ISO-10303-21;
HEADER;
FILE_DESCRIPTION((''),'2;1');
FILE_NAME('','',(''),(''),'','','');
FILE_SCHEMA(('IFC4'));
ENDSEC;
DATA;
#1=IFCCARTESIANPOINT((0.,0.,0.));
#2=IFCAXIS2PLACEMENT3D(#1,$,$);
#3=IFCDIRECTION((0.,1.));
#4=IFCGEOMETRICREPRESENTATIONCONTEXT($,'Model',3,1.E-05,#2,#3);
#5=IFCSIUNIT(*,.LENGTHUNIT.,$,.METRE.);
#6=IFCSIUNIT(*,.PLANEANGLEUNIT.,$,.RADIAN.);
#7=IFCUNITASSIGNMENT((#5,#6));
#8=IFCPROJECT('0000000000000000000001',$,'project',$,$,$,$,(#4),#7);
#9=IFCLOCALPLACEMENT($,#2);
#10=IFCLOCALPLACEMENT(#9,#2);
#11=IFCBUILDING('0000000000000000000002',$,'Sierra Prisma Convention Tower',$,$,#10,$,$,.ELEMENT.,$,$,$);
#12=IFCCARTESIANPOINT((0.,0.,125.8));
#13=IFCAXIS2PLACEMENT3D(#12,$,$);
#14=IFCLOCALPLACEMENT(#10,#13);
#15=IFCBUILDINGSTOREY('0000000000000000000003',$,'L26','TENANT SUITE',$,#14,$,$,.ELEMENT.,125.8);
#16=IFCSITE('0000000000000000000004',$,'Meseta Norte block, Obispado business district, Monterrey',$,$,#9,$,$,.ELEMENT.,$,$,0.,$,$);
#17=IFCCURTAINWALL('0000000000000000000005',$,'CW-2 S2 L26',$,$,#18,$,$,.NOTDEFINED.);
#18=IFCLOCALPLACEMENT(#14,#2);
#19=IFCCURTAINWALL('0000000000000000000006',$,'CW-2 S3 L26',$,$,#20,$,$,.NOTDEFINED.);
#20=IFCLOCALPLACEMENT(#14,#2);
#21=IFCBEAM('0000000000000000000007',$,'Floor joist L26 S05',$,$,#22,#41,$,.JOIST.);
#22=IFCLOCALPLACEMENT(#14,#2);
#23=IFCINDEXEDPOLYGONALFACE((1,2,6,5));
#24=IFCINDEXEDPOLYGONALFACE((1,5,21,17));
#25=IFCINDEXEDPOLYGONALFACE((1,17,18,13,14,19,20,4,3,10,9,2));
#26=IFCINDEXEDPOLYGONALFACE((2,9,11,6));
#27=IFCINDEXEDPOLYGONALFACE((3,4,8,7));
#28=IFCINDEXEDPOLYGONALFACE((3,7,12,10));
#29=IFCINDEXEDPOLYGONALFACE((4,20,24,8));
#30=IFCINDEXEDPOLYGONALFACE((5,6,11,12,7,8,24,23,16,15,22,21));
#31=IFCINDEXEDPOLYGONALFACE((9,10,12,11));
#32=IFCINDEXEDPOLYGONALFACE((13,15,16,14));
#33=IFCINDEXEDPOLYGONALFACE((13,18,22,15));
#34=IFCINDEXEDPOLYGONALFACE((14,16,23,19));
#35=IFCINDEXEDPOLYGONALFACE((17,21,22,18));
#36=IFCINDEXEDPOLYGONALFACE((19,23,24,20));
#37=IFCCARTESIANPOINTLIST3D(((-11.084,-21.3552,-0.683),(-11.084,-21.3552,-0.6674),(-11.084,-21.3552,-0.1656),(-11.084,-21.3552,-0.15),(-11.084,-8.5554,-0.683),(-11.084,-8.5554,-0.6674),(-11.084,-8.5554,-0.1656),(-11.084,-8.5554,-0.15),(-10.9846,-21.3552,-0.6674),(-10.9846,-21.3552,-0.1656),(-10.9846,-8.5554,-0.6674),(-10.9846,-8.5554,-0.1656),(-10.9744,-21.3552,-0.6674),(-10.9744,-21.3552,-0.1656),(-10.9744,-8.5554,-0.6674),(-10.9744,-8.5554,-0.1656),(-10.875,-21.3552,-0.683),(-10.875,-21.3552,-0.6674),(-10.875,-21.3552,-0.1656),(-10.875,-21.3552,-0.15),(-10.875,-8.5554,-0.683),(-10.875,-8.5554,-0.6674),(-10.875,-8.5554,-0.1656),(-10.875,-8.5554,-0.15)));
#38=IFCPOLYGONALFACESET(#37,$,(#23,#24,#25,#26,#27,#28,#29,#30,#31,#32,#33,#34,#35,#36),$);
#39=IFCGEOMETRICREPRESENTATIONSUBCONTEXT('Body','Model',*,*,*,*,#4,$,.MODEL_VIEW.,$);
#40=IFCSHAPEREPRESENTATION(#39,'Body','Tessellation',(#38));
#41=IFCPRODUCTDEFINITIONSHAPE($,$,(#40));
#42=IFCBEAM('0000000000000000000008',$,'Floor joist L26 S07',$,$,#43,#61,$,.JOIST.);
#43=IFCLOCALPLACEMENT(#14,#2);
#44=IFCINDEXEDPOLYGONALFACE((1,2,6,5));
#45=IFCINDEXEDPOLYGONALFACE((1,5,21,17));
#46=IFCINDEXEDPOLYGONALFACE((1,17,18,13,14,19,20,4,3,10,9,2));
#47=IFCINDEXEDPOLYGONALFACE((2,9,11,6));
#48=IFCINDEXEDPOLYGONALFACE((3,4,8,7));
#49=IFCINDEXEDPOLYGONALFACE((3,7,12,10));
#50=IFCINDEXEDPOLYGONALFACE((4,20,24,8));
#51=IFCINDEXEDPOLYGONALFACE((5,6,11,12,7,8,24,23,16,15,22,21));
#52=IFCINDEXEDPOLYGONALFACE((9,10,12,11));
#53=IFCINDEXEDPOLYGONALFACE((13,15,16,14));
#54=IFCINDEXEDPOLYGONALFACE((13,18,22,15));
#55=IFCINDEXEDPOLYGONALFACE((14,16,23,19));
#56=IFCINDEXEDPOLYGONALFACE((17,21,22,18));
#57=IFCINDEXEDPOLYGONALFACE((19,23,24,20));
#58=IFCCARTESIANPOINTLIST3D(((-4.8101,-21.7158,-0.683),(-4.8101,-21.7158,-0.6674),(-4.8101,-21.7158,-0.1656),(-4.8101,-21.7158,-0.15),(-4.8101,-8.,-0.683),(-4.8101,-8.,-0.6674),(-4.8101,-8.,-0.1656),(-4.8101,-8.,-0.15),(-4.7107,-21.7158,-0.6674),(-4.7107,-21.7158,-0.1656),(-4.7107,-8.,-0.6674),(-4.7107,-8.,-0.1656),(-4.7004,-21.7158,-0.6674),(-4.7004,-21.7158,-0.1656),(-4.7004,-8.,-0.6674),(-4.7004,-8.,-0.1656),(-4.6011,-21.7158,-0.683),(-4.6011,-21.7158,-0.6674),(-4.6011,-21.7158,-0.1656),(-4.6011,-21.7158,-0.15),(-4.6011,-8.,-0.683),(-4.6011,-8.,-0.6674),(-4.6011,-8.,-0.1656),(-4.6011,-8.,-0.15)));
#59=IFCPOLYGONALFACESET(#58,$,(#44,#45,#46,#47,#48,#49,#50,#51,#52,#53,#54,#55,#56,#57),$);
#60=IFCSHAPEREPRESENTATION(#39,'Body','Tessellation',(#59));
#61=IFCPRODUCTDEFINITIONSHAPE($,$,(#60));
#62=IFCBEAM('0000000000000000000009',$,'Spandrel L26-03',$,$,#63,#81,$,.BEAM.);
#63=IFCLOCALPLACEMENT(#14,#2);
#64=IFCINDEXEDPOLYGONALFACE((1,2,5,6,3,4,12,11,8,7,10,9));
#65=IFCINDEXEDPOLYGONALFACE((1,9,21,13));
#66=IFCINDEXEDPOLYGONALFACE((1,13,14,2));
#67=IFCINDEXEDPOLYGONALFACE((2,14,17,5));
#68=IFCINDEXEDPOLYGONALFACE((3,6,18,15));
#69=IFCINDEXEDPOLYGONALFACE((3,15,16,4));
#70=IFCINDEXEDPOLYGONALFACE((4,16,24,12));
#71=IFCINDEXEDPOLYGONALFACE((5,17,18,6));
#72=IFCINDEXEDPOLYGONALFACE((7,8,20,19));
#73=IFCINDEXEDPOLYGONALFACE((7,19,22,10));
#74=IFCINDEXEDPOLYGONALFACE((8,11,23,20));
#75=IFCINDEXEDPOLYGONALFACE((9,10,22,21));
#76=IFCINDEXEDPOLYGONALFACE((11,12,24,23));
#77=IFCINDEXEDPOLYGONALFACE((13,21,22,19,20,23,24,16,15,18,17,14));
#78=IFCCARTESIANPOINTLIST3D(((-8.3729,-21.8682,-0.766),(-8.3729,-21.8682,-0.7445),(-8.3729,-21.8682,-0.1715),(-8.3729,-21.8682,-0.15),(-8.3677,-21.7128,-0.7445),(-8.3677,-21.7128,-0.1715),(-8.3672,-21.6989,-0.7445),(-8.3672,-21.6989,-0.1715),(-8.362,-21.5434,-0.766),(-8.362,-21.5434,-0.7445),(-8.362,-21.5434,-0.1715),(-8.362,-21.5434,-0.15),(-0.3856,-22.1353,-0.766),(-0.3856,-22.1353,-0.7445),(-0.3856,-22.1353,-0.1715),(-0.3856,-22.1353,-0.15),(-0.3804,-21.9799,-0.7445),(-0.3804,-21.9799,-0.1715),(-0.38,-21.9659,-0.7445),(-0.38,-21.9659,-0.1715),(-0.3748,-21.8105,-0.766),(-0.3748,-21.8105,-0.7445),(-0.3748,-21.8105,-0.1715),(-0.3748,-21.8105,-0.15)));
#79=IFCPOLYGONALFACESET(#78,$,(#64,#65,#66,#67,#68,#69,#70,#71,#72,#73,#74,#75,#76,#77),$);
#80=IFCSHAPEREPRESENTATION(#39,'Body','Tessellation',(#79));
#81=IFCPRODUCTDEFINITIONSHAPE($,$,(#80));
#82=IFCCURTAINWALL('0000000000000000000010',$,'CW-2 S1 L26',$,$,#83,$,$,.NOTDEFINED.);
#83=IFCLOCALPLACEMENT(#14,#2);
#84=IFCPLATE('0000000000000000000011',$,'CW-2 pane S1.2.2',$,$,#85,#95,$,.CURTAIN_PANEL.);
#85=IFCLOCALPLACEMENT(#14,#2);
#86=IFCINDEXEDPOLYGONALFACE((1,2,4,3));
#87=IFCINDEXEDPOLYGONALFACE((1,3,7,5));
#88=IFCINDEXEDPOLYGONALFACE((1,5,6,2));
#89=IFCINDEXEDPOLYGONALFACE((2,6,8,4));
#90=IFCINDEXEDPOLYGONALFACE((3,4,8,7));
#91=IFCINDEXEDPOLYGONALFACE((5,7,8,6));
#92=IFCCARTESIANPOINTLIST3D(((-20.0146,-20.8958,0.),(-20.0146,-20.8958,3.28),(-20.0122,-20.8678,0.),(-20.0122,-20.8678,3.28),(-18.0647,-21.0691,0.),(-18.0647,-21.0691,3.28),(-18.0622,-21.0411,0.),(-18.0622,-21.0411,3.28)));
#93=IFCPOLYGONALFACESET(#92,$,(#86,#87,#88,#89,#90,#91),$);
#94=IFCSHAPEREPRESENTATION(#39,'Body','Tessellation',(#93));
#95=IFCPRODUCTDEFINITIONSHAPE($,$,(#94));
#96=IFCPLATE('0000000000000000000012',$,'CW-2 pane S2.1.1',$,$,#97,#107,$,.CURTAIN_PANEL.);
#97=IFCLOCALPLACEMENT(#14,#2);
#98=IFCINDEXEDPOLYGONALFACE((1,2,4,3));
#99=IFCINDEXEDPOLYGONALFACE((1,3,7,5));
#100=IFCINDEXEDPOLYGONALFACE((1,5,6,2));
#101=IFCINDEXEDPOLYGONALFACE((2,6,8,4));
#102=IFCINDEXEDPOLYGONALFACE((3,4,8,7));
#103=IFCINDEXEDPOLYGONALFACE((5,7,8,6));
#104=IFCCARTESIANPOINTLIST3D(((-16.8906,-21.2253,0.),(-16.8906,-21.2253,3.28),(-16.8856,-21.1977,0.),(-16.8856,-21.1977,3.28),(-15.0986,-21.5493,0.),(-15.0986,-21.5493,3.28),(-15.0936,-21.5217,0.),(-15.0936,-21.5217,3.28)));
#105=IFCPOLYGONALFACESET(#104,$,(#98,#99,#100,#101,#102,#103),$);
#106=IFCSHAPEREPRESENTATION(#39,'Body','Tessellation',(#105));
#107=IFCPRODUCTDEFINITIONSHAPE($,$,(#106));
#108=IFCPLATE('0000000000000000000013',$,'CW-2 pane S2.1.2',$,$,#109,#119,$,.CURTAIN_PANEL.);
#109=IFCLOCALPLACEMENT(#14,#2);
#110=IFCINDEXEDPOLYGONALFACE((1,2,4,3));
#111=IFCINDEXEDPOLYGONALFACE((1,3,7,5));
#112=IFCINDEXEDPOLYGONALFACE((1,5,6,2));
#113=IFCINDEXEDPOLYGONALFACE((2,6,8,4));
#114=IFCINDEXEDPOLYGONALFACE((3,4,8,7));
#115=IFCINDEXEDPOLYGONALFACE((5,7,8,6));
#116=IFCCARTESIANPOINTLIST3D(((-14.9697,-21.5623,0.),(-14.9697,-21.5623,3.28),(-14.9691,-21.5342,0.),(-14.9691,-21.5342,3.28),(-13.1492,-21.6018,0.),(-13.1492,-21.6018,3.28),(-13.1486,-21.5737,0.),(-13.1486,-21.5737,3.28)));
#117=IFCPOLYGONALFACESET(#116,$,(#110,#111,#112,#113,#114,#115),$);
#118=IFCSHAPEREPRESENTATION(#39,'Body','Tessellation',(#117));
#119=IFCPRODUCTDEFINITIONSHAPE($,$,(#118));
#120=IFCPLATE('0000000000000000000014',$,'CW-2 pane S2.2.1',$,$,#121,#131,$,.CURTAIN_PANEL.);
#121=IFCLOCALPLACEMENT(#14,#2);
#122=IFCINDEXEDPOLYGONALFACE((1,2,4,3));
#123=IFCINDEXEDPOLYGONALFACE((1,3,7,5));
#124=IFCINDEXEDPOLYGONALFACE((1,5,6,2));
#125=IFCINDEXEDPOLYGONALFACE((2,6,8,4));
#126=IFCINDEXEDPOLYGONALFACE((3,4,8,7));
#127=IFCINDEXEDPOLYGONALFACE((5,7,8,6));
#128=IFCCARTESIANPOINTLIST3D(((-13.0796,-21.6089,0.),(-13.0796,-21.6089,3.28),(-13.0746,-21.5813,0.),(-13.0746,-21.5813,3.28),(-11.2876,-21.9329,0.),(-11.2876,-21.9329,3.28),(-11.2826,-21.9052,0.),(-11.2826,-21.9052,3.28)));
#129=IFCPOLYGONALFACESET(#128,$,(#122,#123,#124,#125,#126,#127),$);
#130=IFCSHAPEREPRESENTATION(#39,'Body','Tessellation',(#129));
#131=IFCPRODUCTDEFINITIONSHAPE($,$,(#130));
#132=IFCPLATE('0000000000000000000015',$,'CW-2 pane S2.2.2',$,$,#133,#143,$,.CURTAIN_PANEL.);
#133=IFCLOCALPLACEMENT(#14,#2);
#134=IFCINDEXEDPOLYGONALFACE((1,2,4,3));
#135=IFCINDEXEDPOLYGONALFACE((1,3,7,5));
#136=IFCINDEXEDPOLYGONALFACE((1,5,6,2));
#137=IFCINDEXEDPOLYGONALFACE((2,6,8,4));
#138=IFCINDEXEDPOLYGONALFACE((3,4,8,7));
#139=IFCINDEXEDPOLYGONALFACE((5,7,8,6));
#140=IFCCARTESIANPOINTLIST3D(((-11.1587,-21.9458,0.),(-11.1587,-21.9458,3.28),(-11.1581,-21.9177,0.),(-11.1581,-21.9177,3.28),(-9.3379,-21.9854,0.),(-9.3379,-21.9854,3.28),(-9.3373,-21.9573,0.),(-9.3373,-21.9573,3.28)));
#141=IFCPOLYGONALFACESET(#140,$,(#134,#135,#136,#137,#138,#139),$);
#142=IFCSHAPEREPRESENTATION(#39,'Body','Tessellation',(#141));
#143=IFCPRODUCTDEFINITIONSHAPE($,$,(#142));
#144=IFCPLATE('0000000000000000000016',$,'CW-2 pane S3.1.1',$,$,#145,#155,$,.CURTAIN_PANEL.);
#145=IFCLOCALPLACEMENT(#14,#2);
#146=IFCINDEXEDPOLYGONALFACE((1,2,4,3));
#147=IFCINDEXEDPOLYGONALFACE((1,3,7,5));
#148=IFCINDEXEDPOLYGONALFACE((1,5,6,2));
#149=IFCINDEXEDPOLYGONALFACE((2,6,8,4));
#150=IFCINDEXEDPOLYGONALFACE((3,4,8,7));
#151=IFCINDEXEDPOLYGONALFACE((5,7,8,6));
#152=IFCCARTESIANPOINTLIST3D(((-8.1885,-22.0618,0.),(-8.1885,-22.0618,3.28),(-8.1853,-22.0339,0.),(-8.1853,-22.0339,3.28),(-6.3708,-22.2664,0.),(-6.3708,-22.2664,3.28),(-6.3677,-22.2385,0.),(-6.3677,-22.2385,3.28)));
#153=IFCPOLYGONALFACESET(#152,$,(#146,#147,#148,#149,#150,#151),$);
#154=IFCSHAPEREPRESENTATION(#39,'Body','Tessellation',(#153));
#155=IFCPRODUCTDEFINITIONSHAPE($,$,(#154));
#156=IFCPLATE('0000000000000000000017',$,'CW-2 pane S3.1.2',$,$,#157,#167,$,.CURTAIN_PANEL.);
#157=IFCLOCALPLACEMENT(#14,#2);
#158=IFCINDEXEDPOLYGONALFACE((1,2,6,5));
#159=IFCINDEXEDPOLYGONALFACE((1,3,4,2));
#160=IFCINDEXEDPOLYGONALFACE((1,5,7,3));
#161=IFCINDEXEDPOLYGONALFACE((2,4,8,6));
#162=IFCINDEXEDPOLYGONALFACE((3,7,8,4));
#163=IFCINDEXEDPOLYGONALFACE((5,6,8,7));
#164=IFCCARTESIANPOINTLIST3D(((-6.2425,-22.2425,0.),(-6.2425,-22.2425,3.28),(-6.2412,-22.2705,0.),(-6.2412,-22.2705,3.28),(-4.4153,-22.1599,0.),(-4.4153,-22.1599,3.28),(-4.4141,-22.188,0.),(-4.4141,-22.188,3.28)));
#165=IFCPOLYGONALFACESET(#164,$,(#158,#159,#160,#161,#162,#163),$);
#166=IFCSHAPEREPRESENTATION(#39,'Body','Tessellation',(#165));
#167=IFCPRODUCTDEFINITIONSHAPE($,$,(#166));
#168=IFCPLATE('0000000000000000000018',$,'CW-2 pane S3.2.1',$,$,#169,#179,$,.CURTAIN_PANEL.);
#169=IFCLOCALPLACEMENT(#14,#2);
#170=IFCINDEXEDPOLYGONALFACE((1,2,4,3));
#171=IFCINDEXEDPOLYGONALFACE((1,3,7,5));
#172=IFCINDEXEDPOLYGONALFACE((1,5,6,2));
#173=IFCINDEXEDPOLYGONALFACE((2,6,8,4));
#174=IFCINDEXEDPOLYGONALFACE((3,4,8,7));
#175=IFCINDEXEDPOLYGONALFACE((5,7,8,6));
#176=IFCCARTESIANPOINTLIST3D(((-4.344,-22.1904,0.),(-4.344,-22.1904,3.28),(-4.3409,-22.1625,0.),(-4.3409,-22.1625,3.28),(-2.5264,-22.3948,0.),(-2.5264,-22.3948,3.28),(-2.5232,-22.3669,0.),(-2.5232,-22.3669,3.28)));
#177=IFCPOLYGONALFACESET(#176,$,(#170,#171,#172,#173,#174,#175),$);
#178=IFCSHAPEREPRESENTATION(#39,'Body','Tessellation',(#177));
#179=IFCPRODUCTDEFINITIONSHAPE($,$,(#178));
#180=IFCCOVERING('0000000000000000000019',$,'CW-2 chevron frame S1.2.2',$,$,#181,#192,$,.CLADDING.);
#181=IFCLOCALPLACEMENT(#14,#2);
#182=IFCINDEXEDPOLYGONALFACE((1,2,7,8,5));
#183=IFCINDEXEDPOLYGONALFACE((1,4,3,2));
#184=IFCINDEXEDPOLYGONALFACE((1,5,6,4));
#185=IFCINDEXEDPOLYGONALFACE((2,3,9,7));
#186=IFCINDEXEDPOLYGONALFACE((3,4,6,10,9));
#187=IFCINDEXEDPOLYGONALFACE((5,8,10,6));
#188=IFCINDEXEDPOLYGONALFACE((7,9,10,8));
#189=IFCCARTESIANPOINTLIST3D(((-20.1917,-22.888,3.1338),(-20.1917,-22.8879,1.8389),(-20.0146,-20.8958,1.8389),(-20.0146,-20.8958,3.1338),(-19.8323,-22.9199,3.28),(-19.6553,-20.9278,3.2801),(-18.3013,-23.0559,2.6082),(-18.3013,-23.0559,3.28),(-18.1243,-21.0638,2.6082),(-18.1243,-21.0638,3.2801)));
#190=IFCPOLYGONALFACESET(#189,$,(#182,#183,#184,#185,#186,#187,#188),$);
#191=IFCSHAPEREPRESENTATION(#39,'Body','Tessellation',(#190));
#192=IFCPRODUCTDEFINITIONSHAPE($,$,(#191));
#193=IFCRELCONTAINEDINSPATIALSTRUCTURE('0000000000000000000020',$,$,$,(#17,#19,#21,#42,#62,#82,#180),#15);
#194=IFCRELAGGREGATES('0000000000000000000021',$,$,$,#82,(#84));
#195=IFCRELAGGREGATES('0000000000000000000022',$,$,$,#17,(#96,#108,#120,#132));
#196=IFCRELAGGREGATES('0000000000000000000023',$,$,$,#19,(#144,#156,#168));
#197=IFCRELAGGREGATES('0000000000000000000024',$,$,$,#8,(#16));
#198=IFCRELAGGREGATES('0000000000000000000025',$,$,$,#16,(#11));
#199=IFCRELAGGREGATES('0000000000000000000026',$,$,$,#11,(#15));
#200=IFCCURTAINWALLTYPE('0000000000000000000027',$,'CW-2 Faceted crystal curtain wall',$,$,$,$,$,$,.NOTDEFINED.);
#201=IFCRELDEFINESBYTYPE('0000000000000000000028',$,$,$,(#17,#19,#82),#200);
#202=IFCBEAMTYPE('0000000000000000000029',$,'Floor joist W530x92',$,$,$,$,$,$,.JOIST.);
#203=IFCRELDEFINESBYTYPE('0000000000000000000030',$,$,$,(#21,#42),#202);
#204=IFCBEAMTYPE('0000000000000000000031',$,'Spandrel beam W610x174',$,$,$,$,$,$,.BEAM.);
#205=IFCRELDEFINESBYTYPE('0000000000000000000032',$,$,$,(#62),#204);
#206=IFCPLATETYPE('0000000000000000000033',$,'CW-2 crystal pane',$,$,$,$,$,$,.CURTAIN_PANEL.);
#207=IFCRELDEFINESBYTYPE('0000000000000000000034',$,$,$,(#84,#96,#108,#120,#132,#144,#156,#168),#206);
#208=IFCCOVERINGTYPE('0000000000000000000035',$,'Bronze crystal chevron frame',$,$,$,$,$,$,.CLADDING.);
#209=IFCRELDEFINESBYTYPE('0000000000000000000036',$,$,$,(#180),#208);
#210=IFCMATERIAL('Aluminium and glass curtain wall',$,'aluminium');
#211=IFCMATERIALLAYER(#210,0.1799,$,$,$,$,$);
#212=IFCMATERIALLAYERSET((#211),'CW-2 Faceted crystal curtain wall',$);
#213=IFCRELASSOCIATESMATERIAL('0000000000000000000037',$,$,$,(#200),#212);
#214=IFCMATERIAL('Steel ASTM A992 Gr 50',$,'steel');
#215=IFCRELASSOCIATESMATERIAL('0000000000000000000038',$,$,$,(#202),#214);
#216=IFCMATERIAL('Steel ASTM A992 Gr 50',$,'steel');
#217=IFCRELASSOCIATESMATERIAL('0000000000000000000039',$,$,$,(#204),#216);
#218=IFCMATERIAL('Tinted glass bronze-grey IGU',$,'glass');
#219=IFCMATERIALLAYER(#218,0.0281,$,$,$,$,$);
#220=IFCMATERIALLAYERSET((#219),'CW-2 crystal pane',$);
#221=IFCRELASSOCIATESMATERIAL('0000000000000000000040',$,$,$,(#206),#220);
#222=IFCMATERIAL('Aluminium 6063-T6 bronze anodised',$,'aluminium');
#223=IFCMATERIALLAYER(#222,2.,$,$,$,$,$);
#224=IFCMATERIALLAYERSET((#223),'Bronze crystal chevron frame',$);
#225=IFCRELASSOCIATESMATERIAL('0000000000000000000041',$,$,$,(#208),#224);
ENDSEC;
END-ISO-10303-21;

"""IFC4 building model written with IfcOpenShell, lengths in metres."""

from ifc_helpers import new_model, si_unit, direction, frame, origin, origin_2d, place, context, subcontext, project, spatial, polyline, i_section, outline, extrude, material, layer, layer_set, material_profile, profile_set, type_object, element, aggregate, save


model = new_model("IFC4")

# Units and contexts
model_context = context("Model", 3, precision=1e-05, world=origin(), true_north=direction((0.0, 1.0)))
body_context = subcontext(model_context, "Body", "Model", "MODEL_VIEW")
ifc_project = project(units=[si_unit("LENGTHUNIT", "METRE"), si_unit("PLANEANGLEUNIT", "RADIAN")], contexts=[model_context])

# Site, building, storey
site_placement = place(None, origin())
site = spatial("IfcSite", under=ifc_project, at=site_placement, Name="Meseta Norte block, Obispado business district, Monterrey", CompositionType="ELEMENT", RefElevation=0.0)
building_placement = place(site_placement, origin())
building = spatial("IfcBuilding", under=site, at=building_placement, Name="Sierra Prisma Convention Tower", CompositionType="ELEMENT")
storey_placement = place(building_placement, frame((0.0, 0.0, 125.8)))
storey = spatial("IfcBuildingStorey", under=building, at=storey_placement, Name="L26", Description="TENANT SUITE", CompositionType="ELEMENT", Elevation=125.8)

# Curtain walls
ifc_material_1 = material(Name="Aluminium and glass curtain wall", Category="aluminium")
ifc_layer_1 = layer(ifc_material_1, 0.1799)
ifc_layer_set_1 = layer_set([ifc_layer_1], Name="CW-2 Faceted crystal curtain wall")
curtain_wall_type = type_object("IfcCurtainWallType", Name="CW-2 Faceted crystal curtain wall", PredefinedType="NOTDEFINED", material=ifc_layer_set_1)
curtain_wall_1_placement = place(storey_placement, origin())
curtain_wall_1 = element("IfcCurtainWall", 1, at=curtain_wall_1_placement, inside=storey, type_object=curtain_wall_type, Name="CW-2 S2 L26", PredefinedType="NOTDEFINED")
curtain_wall_2_placement = place(storey_placement, origin())
curtain_wall_2 = element("IfcCurtainWall", 2, at=curtain_wall_2_placement, inside=storey, type_object=curtain_wall_type, Name="CW-2 S3 L26", PredefinedType="NOTDEFINED")

# Beams
ifc_material_2 = material(Name="Steel ASTM A992 Gr 50", Category="steel")
ifc_material_profile_1 = material_profile(ifc_material_2, i_section(OverallWidth=0.209, OverallDepth=0.533, WebThickness=0.0103, FlangeThickness=0.0156, at=origin_2d()), Name="W530x92")
ifc_profile_set_1 = profile_set([ifc_material_profile_1], Name="Steel ASTM A992 Gr 50")
beam_type_1 = type_object("IfcBeamType", Name="Floor joist W530x92", PredefinedType="JOIST", material=ifc_profile_set_1)
beam_1_placement = place(storey_placement, frame((-10.9795, -21.3552, -0.4165), z_axis=(0.0, 1.0, 0.0), x_axis=(-1.0, 0.0, 0.0)))
element("IfcBeam", 3, at=beam_1_placement, inside=storey, type_object=beam_type_1, Name="Floor joist L26 S05", PredefinedType="JOIST", context=body_context, shape_type="SweptSolid", body=[
    extrude(i_section(OverallWidth=0.209, OverallDepth=0.533, WebThickness=0.0103, FlangeThickness=0.0156, at=origin_2d()), origin(), (0.0, 0.0, 1.0), 12.7998),
])
beam_2_placement = place(storey_placement, frame((-4.7056, -21.7158, -0.4165), z_axis=(0.0, 1.0, 0.0), x_axis=(-1.0, 0.0, 0.0)))
element("IfcBeam", 4, at=beam_2_placement, inside=storey, type_object=beam_type_1, Name="Floor joist L26 S07", PredefinedType="JOIST", context=body_context, shape_type="SweptSolid", body=[
    extrude(i_section(OverallWidth=0.209, OverallDepth=0.533, WebThickness=0.0103, FlangeThickness=0.0156, at=origin_2d()), origin(), (0.0, 0.0, 1.0), 13.7158),
])
ifc_material_3 = material(Name="Steel ASTM A992 Gr 50", Category="steel")
ifc_material_profile_2 = material_profile(ifc_material_3, i_section(OverallWidth=0.325, OverallDepth=0.616, WebThickness=0.0139, FlangeThickness=0.0215, at=origin_2d()), Name="W610x174")
ifc_profile_set_2 = profile_set([ifc_material_profile_2], Name="Steel ASTM A992 Gr 50")
beam_type_2 = type_object("IfcBeamType", Name="Spandrel beam W610x174", PredefinedType="BEAM", material=ifc_profile_set_2)
beam_3_placement = place(storey_placement, frame((-8.3674, -21.7058, -0.458), z_axis=(0.999441, -0.033421, 0.0), x_axis=(0.033421, 0.999441, 0.0)))
element("IfcBeam", 5, at=beam_3_placement, inside=storey, type_object=beam_type_2, Name="Spandrel L26-03", PredefinedType="BEAM", context=body_context, shape_type="SweptSolid", body=[
    extrude(i_section(OverallWidth=0.325, OverallDepth=0.616, WebThickness=0.0139, FlangeThickness=0.0215, at=origin_2d()), origin(), (0.0, 0.0, 1.0), 7.9917),
])

# Curtain wall, plate
curtain_wall_3_placement = place(storey_placement, origin())
curtain_wall_3 = element("IfcCurtainWall", 6, at=curtain_wall_3_placement, inside=storey, type_object=curtain_wall_type, Name="CW-2 S1 L26", PredefinedType="NOTDEFINED")
ifc_material_4 = material(Name="Tinted glass bronze-grey IGU", Category="glass")
ifc_layer_2 = layer(ifc_material_4, 0.0281)
ifc_layer_set_2 = layer_set([ifc_layer_2], Name="CW-2 crystal pane")
plate_type = type_object("IfcPlateType", Name="CW-2 crystal pane", PredefinedType="CURTAIN_PANEL", material=ifc_layer_set_2)
plate_1_placement = place(storey_placement, frame((-18.0647, -21.0691, 0.0), z_axis=(-0.088545, -0.996072, 0.0), x_axis=(-0.996072, 0.088545, 0.0)))
plate_1 = element("IfcPlate", 7, at=plate_1_placement, type_object=plate_type, Name="CW-2 pane S1.2.2", PredefinedType="CURTAIN_PANEL", context=body_context, shape_type="SweptSolid", body=[
    extrude(outline(polyline([(0.0, 0.0), (1.9576, 0.0), (1.9576, -3.28), (0.0, -3.28), (0.0, 0.0)])), origin(), (0.0, 0.0, -1.0), 0.0281),
])
aggregate(curtain_wall_3, [plate_1])

# Plates
plate_2_placement = place(storey_placement, frame((-16.8906, -21.2253, 0.0), z_axis=(-0.177906, -0.984047, 0.0), x_axis=(0.984047, -0.177906, 0.0)))
plate_2 = element("IfcPlate", 8, at=plate_2_placement, type_object=plate_type, Name="CW-2 pane S2.1.1", PredefinedType="CURTAIN_PANEL", context=body_context, shape_type="SweptSolid", body=[
    extrude(outline(polyline([(0.0, 0.0), (1.821, 0.0), (1.821, 3.28), (0.0, 3.28), (0.0, 0.0)])), origin(), (0.0, 0.0, -1.0), 0.0281),
])
plate_3_placement = place(storey_placement, frame((-13.1492, -21.6018, 0.0), z_axis=(-0.021719, -0.999764, 0.0), x_axis=(-0.999764, 0.021719, 0.0)))
plate_3 = element("IfcPlate", 9, at=plate_3_placement, type_object=plate_type, Name="CW-2 pane S2.1.2", PredefinedType="CURTAIN_PANEL", context=body_context, shape_type="SweptSolid", body=[
    extrude(outline(polyline([(0.0, 0.0), (1.821, 0.0), (1.821, -3.28), (0.0, -3.28), (0.0, 0.0)])), origin(), (0.0, 0.0, -1.0), 0.0281),
])
plate_4_placement = place(storey_placement, frame((-13.0796, -21.6089, 0.0), z_axis=(-0.177906, -0.984047, 0.0), x_axis=(0.984047, -0.177906, 0.0)))
plate_4 = element("IfcPlate", 10, at=plate_4_placement, type_object=plate_type, Name="CW-2 pane S2.2.1", PredefinedType="CURTAIN_PANEL", context=body_context, shape_type="SweptSolid", body=[
    extrude(outline(polyline([(0.0, 0.0), (1.821, 0.0), (1.821, 3.28), (0.0, 3.28), (0.0, 0.0)])), origin(), (0.0, 0.0, -1.0), 0.0281),
])
plate_5_placement = place(storey_placement, frame((-9.3379, -21.9854, 0.0), z_axis=(-0.021717, -0.999764, 0.0), x_axis=(-0.999764, 0.021717, 0.0)))
plate_5 = element("IfcPlate", 11, at=plate_5_placement, type_object=plate_type, Name="CW-2 pane S2.2.2", PredefinedType="CURTAIN_PANEL", context=body_context, shape_type="SweptSolid", body=[
    extrude(outline(polyline([(0.0, 0.0), (1.8212, 0.0), (1.8212, -3.28), (0.0, -3.28), (0.0, 0.0)])), origin(), (0.0, 0.0, -1.0), 0.0281),
])
aggregate(curtain_wall_1, [plate_2, plate_3, plate_4, plate_5])
plate_6_placement = place(storey_placement, frame((-8.1885, -22.0618, 0.0), z_axis=(-0.111852, -0.993725, 0.0), x_axis=(0.993725, -0.111852, 0.0)))
plate_6 = element("IfcPlate", 12, at=plate_6_placement, type_object=plate_type, Name="CW-2 pane S3.1.1", PredefinedType="CURTAIN_PANEL", context=body_context, shape_type="SweptSolid", body=[
    extrude(outline(polyline([(0.0, 0.0), (1.8291, 0.0), (1.8291, 3.28), (0.0, 3.28), (0.0, 0.0)])), origin(), (0.0, 0.0, -1.0), 0.0281),
])
plate_7_placement = place(storey_placement, frame((-4.4141, -22.188, 0.0), z_axis=(0.045117, -0.998982, 0.0), x_axis=(-0.998982, -0.045117, 0.0)))
plate_7 = element("IfcPlate", 13, at=plate_7_placement, type_object=plate_type, Name="CW-2 pane S3.1.2", PredefinedType="CURTAIN_PANEL", context=body_context, shape_type="SweptSolid", body=[
    extrude(outline(polyline([(0.0, 0.0), (1.829, 0.0), (1.829, -3.28), (0.0, -3.28), (0.0, 0.0)])), origin(), (0.0, 0.0, -1.0), 0.0281),
])
plate_8_placement = place(storey_placement, frame((-4.344, -22.1904, 0.0), z_axis=(-0.111721, -0.99374, 0.0), x_axis=(0.99374, -0.111721, 0.0)))
plate_8 = element("IfcPlate", 14, at=plate_8_placement, type_object=plate_type, Name="CW-2 pane S3.2.1", PredefinedType="CURTAIN_PANEL", context=body_context, shape_type="SweptSolid", body=[
    extrude(outline(polyline([(0.0, 0.0), (1.8291, 0.0), (1.8291, 3.28), (0.0, 3.28), (0.0, 0.0)])), origin(), (0.0, 0.0, -1.0), 0.0281),
])
aggregate(curtain_wall_2, [plate_6, plate_7, plate_8])

# Covering
ifc_material_5 = material(Name="Aluminium 6063-T6 bronze anodised", Category="aluminium")
ifc_layer_3 = layer(ifc_material_5, 2.0)
ifc_layer_set_3 = layer_set([ifc_layer_3], Name="Bronze crystal chevron frame")
covering_type = type_object("IfcCoveringType", Name="Bronze crystal chevron frame", PredefinedType="CLADDING", material=ifc_layer_set_3)
covering_1_placement = place(storey_placement, frame((-20.1917, -22.8879, 1.8389), z_axis=(-0.088504, -0.996076, -0.000024), x_axis=(0.923119, -0.082031, 0.375662)))
element("IfcCovering", 15, at=covering_1_placement, inside=storey, type_object=covering_type, Name="CW-2 chevron frame S1.2.2", PredefinedType="CLADDING", context=body_context, shape_type="SweptSolid", body=[
    extrude(outline(polyline([(0.0, 0.0), (2.0478, 0.0), (2.3002, 0.6227), (0.8758, 1.2001), (0.4865, 1.2001), (0.0, 0.0)])), origin(), (0.0, 0.0, -1.0), 2.0),
])

save(model, "model.ifc")
